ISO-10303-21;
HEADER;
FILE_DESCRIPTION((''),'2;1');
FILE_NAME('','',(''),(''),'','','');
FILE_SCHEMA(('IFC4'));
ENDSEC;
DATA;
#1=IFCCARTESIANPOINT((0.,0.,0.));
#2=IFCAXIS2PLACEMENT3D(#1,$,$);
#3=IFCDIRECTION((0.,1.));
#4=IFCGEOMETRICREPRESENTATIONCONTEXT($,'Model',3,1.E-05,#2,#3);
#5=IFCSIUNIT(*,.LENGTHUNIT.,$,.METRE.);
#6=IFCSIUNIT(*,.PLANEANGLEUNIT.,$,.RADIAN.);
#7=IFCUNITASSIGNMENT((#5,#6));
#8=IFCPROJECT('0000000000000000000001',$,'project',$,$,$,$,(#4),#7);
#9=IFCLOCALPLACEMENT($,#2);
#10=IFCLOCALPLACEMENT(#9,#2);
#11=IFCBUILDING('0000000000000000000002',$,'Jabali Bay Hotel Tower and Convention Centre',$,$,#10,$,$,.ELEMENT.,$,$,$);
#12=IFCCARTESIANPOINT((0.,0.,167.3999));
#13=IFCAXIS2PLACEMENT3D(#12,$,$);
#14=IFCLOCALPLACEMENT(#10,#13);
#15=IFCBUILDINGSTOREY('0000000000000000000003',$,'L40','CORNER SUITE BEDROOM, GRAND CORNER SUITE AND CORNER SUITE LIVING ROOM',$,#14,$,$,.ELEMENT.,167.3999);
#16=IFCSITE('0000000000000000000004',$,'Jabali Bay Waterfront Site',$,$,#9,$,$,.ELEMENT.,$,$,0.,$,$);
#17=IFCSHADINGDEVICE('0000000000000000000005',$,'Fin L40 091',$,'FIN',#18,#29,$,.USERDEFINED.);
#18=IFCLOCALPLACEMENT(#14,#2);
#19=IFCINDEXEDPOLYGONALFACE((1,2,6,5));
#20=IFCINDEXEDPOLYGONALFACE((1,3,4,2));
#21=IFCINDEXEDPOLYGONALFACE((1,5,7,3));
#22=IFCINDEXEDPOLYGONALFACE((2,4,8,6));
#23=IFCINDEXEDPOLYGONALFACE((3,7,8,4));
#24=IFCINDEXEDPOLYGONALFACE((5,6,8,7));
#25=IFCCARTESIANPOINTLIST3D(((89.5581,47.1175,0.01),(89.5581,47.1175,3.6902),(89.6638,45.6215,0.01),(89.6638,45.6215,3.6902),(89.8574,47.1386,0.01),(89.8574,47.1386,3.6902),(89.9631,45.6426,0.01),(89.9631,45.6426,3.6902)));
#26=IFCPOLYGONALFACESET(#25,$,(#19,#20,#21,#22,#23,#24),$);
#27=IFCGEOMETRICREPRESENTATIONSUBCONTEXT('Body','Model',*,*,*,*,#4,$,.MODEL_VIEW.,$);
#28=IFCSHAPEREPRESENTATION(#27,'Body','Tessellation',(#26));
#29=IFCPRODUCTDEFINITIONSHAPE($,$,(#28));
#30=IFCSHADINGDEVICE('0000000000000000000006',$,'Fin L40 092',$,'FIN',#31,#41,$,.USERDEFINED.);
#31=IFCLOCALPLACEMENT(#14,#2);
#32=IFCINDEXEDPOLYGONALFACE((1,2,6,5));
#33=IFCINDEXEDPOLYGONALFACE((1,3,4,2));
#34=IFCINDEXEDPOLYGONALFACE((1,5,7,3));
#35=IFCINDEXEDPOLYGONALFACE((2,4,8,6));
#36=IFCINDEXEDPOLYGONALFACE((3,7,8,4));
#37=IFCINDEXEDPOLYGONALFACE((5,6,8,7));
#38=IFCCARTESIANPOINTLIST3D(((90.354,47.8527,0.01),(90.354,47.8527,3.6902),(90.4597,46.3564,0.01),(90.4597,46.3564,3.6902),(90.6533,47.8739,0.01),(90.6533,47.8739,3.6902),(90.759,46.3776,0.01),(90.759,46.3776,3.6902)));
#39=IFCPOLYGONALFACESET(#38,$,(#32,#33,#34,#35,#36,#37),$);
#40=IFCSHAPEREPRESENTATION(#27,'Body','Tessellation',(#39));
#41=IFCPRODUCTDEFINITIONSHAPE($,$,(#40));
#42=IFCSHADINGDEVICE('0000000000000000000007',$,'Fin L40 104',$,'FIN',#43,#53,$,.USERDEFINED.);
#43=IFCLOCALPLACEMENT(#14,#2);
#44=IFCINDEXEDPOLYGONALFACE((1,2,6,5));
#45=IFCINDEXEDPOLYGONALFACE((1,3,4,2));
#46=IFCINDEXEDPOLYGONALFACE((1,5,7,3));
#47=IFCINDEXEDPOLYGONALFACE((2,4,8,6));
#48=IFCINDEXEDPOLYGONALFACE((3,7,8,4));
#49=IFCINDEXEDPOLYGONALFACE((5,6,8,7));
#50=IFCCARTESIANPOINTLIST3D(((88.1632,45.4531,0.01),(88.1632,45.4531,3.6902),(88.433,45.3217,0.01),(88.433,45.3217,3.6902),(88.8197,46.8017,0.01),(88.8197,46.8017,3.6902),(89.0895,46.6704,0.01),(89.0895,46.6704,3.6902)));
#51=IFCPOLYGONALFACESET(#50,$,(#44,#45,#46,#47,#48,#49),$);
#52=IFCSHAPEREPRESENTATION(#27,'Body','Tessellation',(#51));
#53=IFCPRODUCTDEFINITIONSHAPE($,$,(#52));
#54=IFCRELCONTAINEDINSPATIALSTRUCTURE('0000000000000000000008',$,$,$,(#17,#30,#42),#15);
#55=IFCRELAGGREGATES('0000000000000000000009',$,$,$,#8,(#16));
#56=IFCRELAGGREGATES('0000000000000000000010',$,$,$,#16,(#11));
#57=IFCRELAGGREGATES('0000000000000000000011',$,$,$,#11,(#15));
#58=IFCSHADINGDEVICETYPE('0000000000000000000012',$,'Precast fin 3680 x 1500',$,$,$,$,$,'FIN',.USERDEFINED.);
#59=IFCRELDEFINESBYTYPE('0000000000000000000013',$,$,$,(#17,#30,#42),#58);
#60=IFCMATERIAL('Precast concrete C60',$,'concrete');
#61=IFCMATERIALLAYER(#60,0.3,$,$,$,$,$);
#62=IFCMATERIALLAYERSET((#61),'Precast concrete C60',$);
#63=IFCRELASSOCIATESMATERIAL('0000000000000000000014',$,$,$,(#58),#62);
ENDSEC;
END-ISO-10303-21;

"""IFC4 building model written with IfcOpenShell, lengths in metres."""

from ifc_helpers import new_model, si_unit, direction, frame, frame_2d, origin, place, context, subcontext, project, spatial, rectangle, extrude, material, layer, layer_set, type_object, element, save


model = new_model("IFC4")

# Units and contexts
model_context = context("Model", 3, precision=1e-05, world=origin(), true_north=direction((0.0, 1.0)))
body_context = subcontext(model_context, "Body", "Model", "MODEL_VIEW")
ifc_project = project(units=[si_unit("LENGTHUNIT", "METRE"), si_unit("PLANEANGLEUNIT", "RADIAN")], contexts=[model_context])

# Site, building, storey
site_placement = place(None, origin())
site = spatial("IfcSite", under=ifc_project, at=site_placement, Name="Jabali Bay Waterfront Site", CompositionType="ELEMENT", RefElevation=0.0)
building_placement = place(site_placement, origin())
building = spatial("IfcBuilding", under=site, at=building_placement, Name="Jabali Bay Hotel Tower and Convention Centre", CompositionType="ELEMENT")
storey_placement = place(building_placement, frame((0.0, 0.0, 167.3999)))
storey = spatial("IfcBuildingStorey", under=building, at=storey_placement, Name="L40", Description="CORNER SUITE BEDROOM, GRAND CORNER SUITE AND CORNER SUITE LIVING ROOM", CompositionType="ELEMENT", Elevation=167.3999)

# Shading devices
ifc_material_1 = material(Name="Precast concrete C60", Category="concrete")
ifc_layer_1 = layer(ifc_material_1, 0.3)
ifc_layer_set_1 = layer_set([ifc_layer_1], Name="Precast concrete C60")
shading_device_type = type_object("IfcShadingDeviceType", Name="Precast fin 3680 x 1500", ElementType="FIN", PredefinedType="USERDEFINED", material=ifc_layer_set_1)
shading_device_1_placement = place(storey_placement, frame((89.7078, 47.1282, 0.01), z_axis=(0.0, 0.0, 1.0), x_axis=(0.070484, -0.997513, 0.0)))
element("IfcShadingDevice", 1, at=shading_device_1_placement, inside=storey, type_object=shading_device_type, Name="Fin L40 091", ObjectType="FIN", PredefinedType="USERDEFINED", context=body_context, shape_type="SweptSolid", body=[
    extrude(rectangle(XDim=1.4998, YDim=0.3, at=frame_2d((0.75, 0.0))), origin(), (0.0, 0.0, 1.0), 3.6802),
])
for number, where, z_axis, x_axis, name in (
    (2, (90.5037, 47.8633, 0.01), (0.0, 0.0, 1.0), (0.070472, -0.997514, 0.0), "Fin L40 092"),
    (3, (88.9546, 46.7361, 0.01), (0.0, 0.0, 1.0), (-0.437683, -0.899129, 0.0), "Fin L40 104"),
):
    element("IfcShadingDevice", number, at=place(storey_placement, frame(where, z_axis=z_axis, x_axis=x_axis)), inside=storey, type_object=shading_device_type, Name=name, ObjectType="FIN", PredefinedType="USERDEFINED", context=body_context, shape_type="SweptSolid", body=[
        extrude(rectangle(XDim=1.5, YDim=0.3, at=frame_2d((0.75, 0.0))), origin(), (0.0, 0.0, 1.0), 3.6802),
    ])

save(model, "model.ifc")
